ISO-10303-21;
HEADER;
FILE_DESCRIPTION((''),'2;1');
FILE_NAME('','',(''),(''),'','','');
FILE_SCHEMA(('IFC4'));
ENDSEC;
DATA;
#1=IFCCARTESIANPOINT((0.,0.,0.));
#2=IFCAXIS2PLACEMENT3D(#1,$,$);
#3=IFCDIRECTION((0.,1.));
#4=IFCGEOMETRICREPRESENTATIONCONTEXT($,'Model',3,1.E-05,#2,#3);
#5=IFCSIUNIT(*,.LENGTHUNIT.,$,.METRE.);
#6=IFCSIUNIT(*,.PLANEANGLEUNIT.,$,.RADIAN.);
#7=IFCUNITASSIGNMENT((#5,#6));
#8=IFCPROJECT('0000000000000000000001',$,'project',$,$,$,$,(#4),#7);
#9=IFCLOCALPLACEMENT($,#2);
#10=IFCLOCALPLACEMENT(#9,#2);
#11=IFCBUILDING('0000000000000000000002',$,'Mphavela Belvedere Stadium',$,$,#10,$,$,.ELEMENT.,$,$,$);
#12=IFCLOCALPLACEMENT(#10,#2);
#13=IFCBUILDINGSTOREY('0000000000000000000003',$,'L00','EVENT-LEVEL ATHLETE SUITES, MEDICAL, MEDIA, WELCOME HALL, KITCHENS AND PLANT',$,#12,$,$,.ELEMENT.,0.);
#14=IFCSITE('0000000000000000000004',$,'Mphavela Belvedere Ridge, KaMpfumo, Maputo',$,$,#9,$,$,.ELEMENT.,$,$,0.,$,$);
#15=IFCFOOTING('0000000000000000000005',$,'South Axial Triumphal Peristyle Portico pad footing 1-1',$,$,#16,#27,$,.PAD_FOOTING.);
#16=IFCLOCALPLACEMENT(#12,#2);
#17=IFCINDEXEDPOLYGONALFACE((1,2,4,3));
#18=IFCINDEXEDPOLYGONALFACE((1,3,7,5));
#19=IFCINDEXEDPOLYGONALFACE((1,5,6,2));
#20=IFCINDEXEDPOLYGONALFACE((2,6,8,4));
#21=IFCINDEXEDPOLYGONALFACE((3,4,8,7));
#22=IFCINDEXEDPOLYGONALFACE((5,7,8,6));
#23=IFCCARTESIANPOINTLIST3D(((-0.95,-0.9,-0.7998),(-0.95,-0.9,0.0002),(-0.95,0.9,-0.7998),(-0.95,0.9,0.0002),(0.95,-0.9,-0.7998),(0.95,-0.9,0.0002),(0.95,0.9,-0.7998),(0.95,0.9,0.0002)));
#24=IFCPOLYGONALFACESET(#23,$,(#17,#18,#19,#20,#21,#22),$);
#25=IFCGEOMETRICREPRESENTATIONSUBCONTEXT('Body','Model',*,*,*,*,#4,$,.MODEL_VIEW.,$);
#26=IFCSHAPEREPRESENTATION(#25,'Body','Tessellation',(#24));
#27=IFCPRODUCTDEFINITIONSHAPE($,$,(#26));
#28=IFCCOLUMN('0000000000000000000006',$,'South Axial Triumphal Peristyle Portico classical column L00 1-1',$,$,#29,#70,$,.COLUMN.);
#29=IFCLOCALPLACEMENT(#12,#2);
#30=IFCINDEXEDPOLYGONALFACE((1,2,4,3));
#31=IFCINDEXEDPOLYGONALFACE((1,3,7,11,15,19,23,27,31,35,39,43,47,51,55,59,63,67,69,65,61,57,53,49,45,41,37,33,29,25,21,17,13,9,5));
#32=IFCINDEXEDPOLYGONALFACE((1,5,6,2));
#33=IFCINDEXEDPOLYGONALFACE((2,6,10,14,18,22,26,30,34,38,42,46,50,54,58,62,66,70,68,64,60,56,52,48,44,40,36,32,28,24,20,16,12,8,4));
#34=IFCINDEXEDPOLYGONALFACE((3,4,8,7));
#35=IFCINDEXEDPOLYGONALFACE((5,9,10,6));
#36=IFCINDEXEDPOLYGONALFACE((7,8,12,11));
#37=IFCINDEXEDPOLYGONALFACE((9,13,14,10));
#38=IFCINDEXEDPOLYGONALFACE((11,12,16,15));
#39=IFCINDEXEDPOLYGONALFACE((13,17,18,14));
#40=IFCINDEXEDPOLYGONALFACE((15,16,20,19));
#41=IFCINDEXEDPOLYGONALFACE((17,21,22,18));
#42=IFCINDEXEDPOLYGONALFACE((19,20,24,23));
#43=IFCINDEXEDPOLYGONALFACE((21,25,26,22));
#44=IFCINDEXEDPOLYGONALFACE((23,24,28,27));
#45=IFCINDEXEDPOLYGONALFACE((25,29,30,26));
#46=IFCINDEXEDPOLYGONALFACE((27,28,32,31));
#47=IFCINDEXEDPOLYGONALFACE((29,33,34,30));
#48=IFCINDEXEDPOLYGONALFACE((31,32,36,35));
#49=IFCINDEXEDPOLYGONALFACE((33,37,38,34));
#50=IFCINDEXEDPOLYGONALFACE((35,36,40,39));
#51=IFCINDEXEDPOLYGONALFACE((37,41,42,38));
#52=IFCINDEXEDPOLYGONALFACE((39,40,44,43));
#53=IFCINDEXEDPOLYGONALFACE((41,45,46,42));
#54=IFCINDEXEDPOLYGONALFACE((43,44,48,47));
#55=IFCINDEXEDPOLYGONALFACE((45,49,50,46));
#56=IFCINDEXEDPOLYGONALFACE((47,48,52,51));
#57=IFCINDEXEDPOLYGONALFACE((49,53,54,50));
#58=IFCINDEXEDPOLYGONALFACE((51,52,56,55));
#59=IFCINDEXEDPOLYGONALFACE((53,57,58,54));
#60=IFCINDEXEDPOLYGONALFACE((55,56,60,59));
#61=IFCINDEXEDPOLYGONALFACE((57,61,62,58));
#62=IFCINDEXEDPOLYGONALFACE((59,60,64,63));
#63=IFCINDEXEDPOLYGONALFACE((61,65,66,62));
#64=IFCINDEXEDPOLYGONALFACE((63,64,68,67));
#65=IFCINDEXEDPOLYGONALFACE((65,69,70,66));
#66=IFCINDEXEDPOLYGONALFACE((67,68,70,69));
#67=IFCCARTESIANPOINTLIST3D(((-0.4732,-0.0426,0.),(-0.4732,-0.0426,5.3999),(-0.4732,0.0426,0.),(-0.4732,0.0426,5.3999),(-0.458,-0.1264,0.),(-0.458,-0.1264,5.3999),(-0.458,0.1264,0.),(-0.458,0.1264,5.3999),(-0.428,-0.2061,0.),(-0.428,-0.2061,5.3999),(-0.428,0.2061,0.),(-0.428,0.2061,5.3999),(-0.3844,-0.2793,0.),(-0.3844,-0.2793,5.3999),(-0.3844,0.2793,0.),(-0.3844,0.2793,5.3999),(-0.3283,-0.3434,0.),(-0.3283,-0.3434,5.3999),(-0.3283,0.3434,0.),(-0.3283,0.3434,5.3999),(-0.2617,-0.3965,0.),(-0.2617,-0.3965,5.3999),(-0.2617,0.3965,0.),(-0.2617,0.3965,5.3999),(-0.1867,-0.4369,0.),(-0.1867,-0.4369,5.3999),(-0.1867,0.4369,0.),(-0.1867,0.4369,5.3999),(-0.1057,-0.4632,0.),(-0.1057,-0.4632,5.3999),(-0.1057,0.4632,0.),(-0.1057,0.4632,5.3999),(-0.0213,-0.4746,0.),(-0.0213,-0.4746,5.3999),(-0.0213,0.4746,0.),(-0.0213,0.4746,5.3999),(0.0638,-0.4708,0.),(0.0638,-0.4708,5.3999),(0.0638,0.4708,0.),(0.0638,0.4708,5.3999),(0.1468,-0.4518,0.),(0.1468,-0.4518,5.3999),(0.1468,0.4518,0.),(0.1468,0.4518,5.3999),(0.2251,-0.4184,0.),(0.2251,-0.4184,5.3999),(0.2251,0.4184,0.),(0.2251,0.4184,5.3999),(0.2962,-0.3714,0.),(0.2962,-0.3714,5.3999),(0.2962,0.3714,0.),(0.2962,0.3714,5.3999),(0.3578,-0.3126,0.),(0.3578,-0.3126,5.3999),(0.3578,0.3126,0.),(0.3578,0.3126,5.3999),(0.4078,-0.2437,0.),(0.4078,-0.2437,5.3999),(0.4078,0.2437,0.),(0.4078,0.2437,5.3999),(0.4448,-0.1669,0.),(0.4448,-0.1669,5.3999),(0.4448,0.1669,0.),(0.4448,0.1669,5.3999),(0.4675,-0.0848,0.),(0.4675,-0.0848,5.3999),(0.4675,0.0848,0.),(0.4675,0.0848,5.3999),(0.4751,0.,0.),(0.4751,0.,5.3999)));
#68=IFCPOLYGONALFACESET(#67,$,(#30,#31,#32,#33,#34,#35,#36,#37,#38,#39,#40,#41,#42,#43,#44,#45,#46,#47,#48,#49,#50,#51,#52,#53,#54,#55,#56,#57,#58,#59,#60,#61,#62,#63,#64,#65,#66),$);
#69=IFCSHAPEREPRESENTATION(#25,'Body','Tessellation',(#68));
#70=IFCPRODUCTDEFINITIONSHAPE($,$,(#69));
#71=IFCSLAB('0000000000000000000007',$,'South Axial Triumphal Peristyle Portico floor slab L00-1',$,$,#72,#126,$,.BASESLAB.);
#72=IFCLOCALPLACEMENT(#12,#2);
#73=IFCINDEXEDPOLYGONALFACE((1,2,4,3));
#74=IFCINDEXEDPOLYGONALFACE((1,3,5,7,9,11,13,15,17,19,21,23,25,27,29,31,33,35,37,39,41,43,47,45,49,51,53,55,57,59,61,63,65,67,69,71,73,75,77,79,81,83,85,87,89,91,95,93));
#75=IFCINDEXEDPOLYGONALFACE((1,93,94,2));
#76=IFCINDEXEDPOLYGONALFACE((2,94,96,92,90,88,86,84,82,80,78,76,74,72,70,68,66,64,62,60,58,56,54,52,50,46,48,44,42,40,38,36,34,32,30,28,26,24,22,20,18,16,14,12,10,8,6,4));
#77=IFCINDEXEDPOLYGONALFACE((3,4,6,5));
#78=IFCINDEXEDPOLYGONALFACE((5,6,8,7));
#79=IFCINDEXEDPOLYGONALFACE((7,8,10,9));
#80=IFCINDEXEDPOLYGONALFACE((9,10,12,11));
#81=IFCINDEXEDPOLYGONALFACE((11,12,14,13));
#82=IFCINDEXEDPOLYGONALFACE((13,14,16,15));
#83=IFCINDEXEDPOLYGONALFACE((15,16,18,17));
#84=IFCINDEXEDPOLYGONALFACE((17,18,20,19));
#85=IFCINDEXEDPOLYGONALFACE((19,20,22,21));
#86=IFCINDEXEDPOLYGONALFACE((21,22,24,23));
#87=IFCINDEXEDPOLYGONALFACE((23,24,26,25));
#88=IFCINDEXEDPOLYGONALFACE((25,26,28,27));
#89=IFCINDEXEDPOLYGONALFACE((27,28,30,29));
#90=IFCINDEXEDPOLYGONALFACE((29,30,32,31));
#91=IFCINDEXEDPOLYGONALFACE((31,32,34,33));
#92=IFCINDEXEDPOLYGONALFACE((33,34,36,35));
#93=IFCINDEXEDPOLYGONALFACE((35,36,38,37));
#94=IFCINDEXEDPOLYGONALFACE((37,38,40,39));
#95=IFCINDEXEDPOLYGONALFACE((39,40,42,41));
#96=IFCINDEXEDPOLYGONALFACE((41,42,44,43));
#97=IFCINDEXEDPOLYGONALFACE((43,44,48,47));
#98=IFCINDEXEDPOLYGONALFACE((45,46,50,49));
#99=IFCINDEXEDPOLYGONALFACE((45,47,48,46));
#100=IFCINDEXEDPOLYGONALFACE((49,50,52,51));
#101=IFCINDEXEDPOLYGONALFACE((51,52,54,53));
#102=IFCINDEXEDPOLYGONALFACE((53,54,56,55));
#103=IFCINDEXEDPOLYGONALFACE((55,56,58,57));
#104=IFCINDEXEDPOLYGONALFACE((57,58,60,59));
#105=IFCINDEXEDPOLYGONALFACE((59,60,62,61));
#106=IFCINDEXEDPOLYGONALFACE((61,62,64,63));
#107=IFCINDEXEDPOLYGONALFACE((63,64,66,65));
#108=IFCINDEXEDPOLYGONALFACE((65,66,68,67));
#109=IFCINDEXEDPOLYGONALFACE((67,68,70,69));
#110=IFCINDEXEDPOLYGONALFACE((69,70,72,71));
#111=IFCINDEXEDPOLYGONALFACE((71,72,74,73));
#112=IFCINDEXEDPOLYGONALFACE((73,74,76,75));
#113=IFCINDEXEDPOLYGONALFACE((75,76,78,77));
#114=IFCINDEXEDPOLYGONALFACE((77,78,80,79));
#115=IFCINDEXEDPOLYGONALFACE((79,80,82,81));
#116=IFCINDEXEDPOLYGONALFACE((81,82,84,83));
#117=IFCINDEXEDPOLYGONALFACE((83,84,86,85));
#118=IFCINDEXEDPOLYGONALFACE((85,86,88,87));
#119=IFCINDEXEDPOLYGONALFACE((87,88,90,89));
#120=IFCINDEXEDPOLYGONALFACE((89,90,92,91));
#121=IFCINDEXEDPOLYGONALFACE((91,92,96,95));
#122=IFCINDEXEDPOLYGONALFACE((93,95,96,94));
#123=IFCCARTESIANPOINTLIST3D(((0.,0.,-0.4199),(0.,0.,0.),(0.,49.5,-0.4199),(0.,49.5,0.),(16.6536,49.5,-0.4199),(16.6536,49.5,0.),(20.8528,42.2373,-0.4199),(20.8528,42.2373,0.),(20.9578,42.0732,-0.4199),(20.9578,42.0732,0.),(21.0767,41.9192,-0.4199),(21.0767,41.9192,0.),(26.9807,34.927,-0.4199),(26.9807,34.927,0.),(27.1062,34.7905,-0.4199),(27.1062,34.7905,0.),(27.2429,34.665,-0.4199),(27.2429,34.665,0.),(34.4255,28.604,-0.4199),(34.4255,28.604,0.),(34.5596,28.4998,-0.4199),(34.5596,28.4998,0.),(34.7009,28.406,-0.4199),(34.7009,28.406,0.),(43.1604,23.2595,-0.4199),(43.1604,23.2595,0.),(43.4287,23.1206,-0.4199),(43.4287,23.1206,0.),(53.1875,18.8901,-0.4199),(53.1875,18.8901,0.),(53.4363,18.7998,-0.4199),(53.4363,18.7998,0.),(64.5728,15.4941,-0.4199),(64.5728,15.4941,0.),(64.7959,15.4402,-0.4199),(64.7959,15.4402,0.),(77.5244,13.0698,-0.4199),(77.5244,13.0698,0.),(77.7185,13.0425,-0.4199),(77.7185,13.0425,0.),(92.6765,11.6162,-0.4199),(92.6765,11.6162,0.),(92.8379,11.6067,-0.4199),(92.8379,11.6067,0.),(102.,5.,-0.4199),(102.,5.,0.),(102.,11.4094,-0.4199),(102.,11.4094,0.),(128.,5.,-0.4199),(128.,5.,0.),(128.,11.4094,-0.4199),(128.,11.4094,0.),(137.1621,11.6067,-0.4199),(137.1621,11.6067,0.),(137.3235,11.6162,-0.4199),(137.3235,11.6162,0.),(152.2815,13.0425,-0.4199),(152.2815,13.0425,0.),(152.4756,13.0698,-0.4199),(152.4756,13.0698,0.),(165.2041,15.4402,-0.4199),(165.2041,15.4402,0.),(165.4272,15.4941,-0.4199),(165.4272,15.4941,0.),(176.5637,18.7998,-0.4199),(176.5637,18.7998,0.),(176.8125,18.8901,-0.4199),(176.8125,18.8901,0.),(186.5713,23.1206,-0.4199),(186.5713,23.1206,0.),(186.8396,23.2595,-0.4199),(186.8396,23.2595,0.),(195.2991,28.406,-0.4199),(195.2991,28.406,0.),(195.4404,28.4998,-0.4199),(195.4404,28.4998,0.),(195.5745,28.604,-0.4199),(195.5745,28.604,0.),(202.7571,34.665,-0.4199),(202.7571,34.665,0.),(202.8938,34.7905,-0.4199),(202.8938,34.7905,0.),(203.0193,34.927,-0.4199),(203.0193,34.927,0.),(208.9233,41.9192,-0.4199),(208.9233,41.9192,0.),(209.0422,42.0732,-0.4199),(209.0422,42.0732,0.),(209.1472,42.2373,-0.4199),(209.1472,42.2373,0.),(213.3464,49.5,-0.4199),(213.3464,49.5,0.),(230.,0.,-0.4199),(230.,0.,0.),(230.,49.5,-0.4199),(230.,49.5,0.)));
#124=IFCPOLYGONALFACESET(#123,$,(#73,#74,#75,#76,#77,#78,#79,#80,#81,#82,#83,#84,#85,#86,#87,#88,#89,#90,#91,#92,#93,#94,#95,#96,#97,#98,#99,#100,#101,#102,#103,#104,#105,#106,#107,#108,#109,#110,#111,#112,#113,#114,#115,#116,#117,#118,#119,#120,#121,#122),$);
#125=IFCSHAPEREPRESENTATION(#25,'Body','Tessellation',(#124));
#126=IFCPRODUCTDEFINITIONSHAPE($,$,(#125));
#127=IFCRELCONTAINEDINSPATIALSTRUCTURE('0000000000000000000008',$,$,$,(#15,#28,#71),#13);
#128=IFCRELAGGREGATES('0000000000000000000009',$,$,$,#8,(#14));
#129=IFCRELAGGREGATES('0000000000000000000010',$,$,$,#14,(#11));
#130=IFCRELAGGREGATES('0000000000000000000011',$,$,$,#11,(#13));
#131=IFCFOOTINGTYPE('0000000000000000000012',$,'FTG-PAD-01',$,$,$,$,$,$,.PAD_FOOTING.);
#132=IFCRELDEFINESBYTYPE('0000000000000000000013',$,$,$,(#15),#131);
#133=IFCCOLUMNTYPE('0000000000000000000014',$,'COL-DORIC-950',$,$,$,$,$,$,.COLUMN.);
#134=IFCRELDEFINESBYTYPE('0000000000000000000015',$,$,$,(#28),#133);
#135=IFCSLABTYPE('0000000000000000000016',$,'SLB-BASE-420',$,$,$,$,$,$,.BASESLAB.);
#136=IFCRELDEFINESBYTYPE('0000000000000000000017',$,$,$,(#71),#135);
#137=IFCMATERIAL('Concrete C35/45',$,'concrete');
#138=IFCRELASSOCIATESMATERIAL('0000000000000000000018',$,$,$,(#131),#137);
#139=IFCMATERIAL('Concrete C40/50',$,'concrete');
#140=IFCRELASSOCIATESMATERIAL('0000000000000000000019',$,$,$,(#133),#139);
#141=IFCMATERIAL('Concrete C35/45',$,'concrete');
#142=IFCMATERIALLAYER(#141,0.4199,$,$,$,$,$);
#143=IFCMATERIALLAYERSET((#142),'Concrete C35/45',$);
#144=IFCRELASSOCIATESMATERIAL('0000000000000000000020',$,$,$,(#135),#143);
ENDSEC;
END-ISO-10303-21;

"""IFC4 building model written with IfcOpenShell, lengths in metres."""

from ifc_helpers import new_model, si_unit, direction, frame, origin, origin_with_axes, origin_2d, place, context, subcontext, project, spatial, polyline, rectangle, circle, outline, extrude, material, layer, layer_set, material_profile, profile_set, type_object, element, save


model = new_model("IFC4")

# Units and contexts
model_context = context("Model", 3, precision=1e-05, world=origin(), true_north=direction((0.0, 1.0)))
body_context = subcontext(model_context, "Body", "Model", "MODEL_VIEW")
ifc_project = project(units=[si_unit("LENGTHUNIT", "METRE"), si_unit("PLANEANGLEUNIT", "RADIAN")], contexts=[model_context])

# Site, building, storey
site_placement = place(None, origin())
site = spatial("IfcSite", under=ifc_project, at=site_placement, Name="Mphavela Belvedere Ridge, KaMpfumo, Maputo", CompositionType="ELEMENT", RefElevation=0.0)
building_placement = place(site_placement, origin())
building = spatial("IfcBuilding", under=site, at=building_placement, Name="Mphavela Belvedere Stadium", CompositionType="ELEMENT")
storey_placement = place(building_placement, origin())
storey = spatial("IfcBuildingStorey", under=building, at=storey_placement, Name="L00", Description="EVENT-LEVEL ATHLETE SUITES, MEDICAL, MEDIA, WELCOME HALL, KITCHENS AND PLANT", CompositionType="ELEMENT", Elevation=0.0)

# Footing
ifc_material_1 = material(Name="Concrete C35/45", Category="concrete")
footing_type = type_object("IfcFootingType", Name="FTG-PAD-01", PredefinedType="PAD_FOOTING", material=ifc_material_1)
footing_placement = place(storey_placement, frame((0.0, 0.0, -0.7998), z_axis=(0.0, 0.0, 1.0), x_axis=(1.0, 0.0, 0.0)))
element("IfcFooting", 1, at=footing_placement, inside=storey, type_object=footing_type, Name="South Axial Triumphal Peristyle Portico pad footing 1-1", PredefinedType="PAD_FOOTING", context=body_context, shape_type="SweptSolid", body=[
    extrude(rectangle(XDim=1.8999, YDim=1.8, at=origin_2d()), origin(), (0.0, 0.0, 1.0), 0.8),
])

# Column
ifc_material_2 = material(Name="Concrete C40/50", Category="concrete")
ifc_material_profile = material_profile(ifc_material_2, circle(Radius=0.4751, at=origin_2d()), Name="COL D950")
ifc_profile_set = profile_set([ifc_material_profile], Name="Concrete C40/50")
column_type = type_object("IfcColumnType", Name="COL-DORIC-950", PredefinedType="COLUMN", material=ifc_profile_set)
column_placement = place(storey_placement, origin_with_axes())
element("IfcColumn", 2, at=column_placement, inside=storey, type_object=column_type, Name="South Axial Triumphal Peristyle Portico classical column L00 1-1", PredefinedType="COLUMN", context=body_context, shape_type="SweptSolid", body=[
    extrude(circle(Radius=0.4751, at=origin_2d()), origin(), (0.0, 0.0, 1.0), 5.3999),
])

# Slab
ifc_material_3 = material(Name="Concrete C35/45", Category="concrete")
ifc_layer_1 = layer(ifc_material_3, 0.4199)
ifc_layer_set_1 = layer_set([ifc_layer_1], Name="Concrete C35/45")
slab_type_1 = type_object("IfcSlabType", Name="SLB-BASE-420", PredefinedType="BASESLAB", material=ifc_layer_set_1)
slab_1_placement = place(storey_placement, frame((0.0, 0.0, -0.4199)))
element("IfcSlab", 3, at=slab_1_placement, inside=storey, type_object=slab_type_1, Name="South Axial Triumphal Peristyle Portico floor slab L00-1", PredefinedType="BASESLAB", context=body_context, shape_type="SweptSolid", body=[
    extrude(outline(polyline([(0.0, 0.0), (0.0, 49.5), (16.6536, 49.5), (20.8528, 42.2373), (20.9578, 42.0732), (21.0767, 41.9192), (26.9807, 34.927), (27.1062, 34.7905), (27.2429, 34.665), (34.4255, 28.604), (34.5596, 28.4998), (34.7009, 28.406), (43.1604, 23.2595), (43.4287, 23.1206), (53.1875, 18.8901), (53.4363, 18.7998), (64.5728, 15.4941), (64.7959, 15.4402), (77.5244, 13.0698), (77.7185, 13.0425), (92.6765, 11.6162), (92.8379, 11.6067), (102.0, 11.4094), (102.0, 5.0), (128.0, 5.0), (128.0, 11.4094), (137.1621, 11.6067), (137.3235, 11.6162), (152.2815, 13.0425), (152.4756, 13.0698), (165.2041, 15.4402), (165.4272, 15.4941), (176.5637, 18.7998), (176.8125, 18.8901), (186.5713, 23.1206), (186.8396, 23.2595), (195.2991, 28.406), (195.4404, 28.4998), (195.5745, 28.604), (202.7571, 34.665), (202.8938, 34.7905), (203.0193, 34.927), (208.9233, 41.9192), (209.0422, 42.0732), (209.1472, 42.2373), (213.3464, 49.5), (230.0, 49.5), (230.0, 0.0), (0.0, 0.0)])), origin(), (0.0, 0.0, 1.0), 0.4199),
])

save(model, "model.ifc")
